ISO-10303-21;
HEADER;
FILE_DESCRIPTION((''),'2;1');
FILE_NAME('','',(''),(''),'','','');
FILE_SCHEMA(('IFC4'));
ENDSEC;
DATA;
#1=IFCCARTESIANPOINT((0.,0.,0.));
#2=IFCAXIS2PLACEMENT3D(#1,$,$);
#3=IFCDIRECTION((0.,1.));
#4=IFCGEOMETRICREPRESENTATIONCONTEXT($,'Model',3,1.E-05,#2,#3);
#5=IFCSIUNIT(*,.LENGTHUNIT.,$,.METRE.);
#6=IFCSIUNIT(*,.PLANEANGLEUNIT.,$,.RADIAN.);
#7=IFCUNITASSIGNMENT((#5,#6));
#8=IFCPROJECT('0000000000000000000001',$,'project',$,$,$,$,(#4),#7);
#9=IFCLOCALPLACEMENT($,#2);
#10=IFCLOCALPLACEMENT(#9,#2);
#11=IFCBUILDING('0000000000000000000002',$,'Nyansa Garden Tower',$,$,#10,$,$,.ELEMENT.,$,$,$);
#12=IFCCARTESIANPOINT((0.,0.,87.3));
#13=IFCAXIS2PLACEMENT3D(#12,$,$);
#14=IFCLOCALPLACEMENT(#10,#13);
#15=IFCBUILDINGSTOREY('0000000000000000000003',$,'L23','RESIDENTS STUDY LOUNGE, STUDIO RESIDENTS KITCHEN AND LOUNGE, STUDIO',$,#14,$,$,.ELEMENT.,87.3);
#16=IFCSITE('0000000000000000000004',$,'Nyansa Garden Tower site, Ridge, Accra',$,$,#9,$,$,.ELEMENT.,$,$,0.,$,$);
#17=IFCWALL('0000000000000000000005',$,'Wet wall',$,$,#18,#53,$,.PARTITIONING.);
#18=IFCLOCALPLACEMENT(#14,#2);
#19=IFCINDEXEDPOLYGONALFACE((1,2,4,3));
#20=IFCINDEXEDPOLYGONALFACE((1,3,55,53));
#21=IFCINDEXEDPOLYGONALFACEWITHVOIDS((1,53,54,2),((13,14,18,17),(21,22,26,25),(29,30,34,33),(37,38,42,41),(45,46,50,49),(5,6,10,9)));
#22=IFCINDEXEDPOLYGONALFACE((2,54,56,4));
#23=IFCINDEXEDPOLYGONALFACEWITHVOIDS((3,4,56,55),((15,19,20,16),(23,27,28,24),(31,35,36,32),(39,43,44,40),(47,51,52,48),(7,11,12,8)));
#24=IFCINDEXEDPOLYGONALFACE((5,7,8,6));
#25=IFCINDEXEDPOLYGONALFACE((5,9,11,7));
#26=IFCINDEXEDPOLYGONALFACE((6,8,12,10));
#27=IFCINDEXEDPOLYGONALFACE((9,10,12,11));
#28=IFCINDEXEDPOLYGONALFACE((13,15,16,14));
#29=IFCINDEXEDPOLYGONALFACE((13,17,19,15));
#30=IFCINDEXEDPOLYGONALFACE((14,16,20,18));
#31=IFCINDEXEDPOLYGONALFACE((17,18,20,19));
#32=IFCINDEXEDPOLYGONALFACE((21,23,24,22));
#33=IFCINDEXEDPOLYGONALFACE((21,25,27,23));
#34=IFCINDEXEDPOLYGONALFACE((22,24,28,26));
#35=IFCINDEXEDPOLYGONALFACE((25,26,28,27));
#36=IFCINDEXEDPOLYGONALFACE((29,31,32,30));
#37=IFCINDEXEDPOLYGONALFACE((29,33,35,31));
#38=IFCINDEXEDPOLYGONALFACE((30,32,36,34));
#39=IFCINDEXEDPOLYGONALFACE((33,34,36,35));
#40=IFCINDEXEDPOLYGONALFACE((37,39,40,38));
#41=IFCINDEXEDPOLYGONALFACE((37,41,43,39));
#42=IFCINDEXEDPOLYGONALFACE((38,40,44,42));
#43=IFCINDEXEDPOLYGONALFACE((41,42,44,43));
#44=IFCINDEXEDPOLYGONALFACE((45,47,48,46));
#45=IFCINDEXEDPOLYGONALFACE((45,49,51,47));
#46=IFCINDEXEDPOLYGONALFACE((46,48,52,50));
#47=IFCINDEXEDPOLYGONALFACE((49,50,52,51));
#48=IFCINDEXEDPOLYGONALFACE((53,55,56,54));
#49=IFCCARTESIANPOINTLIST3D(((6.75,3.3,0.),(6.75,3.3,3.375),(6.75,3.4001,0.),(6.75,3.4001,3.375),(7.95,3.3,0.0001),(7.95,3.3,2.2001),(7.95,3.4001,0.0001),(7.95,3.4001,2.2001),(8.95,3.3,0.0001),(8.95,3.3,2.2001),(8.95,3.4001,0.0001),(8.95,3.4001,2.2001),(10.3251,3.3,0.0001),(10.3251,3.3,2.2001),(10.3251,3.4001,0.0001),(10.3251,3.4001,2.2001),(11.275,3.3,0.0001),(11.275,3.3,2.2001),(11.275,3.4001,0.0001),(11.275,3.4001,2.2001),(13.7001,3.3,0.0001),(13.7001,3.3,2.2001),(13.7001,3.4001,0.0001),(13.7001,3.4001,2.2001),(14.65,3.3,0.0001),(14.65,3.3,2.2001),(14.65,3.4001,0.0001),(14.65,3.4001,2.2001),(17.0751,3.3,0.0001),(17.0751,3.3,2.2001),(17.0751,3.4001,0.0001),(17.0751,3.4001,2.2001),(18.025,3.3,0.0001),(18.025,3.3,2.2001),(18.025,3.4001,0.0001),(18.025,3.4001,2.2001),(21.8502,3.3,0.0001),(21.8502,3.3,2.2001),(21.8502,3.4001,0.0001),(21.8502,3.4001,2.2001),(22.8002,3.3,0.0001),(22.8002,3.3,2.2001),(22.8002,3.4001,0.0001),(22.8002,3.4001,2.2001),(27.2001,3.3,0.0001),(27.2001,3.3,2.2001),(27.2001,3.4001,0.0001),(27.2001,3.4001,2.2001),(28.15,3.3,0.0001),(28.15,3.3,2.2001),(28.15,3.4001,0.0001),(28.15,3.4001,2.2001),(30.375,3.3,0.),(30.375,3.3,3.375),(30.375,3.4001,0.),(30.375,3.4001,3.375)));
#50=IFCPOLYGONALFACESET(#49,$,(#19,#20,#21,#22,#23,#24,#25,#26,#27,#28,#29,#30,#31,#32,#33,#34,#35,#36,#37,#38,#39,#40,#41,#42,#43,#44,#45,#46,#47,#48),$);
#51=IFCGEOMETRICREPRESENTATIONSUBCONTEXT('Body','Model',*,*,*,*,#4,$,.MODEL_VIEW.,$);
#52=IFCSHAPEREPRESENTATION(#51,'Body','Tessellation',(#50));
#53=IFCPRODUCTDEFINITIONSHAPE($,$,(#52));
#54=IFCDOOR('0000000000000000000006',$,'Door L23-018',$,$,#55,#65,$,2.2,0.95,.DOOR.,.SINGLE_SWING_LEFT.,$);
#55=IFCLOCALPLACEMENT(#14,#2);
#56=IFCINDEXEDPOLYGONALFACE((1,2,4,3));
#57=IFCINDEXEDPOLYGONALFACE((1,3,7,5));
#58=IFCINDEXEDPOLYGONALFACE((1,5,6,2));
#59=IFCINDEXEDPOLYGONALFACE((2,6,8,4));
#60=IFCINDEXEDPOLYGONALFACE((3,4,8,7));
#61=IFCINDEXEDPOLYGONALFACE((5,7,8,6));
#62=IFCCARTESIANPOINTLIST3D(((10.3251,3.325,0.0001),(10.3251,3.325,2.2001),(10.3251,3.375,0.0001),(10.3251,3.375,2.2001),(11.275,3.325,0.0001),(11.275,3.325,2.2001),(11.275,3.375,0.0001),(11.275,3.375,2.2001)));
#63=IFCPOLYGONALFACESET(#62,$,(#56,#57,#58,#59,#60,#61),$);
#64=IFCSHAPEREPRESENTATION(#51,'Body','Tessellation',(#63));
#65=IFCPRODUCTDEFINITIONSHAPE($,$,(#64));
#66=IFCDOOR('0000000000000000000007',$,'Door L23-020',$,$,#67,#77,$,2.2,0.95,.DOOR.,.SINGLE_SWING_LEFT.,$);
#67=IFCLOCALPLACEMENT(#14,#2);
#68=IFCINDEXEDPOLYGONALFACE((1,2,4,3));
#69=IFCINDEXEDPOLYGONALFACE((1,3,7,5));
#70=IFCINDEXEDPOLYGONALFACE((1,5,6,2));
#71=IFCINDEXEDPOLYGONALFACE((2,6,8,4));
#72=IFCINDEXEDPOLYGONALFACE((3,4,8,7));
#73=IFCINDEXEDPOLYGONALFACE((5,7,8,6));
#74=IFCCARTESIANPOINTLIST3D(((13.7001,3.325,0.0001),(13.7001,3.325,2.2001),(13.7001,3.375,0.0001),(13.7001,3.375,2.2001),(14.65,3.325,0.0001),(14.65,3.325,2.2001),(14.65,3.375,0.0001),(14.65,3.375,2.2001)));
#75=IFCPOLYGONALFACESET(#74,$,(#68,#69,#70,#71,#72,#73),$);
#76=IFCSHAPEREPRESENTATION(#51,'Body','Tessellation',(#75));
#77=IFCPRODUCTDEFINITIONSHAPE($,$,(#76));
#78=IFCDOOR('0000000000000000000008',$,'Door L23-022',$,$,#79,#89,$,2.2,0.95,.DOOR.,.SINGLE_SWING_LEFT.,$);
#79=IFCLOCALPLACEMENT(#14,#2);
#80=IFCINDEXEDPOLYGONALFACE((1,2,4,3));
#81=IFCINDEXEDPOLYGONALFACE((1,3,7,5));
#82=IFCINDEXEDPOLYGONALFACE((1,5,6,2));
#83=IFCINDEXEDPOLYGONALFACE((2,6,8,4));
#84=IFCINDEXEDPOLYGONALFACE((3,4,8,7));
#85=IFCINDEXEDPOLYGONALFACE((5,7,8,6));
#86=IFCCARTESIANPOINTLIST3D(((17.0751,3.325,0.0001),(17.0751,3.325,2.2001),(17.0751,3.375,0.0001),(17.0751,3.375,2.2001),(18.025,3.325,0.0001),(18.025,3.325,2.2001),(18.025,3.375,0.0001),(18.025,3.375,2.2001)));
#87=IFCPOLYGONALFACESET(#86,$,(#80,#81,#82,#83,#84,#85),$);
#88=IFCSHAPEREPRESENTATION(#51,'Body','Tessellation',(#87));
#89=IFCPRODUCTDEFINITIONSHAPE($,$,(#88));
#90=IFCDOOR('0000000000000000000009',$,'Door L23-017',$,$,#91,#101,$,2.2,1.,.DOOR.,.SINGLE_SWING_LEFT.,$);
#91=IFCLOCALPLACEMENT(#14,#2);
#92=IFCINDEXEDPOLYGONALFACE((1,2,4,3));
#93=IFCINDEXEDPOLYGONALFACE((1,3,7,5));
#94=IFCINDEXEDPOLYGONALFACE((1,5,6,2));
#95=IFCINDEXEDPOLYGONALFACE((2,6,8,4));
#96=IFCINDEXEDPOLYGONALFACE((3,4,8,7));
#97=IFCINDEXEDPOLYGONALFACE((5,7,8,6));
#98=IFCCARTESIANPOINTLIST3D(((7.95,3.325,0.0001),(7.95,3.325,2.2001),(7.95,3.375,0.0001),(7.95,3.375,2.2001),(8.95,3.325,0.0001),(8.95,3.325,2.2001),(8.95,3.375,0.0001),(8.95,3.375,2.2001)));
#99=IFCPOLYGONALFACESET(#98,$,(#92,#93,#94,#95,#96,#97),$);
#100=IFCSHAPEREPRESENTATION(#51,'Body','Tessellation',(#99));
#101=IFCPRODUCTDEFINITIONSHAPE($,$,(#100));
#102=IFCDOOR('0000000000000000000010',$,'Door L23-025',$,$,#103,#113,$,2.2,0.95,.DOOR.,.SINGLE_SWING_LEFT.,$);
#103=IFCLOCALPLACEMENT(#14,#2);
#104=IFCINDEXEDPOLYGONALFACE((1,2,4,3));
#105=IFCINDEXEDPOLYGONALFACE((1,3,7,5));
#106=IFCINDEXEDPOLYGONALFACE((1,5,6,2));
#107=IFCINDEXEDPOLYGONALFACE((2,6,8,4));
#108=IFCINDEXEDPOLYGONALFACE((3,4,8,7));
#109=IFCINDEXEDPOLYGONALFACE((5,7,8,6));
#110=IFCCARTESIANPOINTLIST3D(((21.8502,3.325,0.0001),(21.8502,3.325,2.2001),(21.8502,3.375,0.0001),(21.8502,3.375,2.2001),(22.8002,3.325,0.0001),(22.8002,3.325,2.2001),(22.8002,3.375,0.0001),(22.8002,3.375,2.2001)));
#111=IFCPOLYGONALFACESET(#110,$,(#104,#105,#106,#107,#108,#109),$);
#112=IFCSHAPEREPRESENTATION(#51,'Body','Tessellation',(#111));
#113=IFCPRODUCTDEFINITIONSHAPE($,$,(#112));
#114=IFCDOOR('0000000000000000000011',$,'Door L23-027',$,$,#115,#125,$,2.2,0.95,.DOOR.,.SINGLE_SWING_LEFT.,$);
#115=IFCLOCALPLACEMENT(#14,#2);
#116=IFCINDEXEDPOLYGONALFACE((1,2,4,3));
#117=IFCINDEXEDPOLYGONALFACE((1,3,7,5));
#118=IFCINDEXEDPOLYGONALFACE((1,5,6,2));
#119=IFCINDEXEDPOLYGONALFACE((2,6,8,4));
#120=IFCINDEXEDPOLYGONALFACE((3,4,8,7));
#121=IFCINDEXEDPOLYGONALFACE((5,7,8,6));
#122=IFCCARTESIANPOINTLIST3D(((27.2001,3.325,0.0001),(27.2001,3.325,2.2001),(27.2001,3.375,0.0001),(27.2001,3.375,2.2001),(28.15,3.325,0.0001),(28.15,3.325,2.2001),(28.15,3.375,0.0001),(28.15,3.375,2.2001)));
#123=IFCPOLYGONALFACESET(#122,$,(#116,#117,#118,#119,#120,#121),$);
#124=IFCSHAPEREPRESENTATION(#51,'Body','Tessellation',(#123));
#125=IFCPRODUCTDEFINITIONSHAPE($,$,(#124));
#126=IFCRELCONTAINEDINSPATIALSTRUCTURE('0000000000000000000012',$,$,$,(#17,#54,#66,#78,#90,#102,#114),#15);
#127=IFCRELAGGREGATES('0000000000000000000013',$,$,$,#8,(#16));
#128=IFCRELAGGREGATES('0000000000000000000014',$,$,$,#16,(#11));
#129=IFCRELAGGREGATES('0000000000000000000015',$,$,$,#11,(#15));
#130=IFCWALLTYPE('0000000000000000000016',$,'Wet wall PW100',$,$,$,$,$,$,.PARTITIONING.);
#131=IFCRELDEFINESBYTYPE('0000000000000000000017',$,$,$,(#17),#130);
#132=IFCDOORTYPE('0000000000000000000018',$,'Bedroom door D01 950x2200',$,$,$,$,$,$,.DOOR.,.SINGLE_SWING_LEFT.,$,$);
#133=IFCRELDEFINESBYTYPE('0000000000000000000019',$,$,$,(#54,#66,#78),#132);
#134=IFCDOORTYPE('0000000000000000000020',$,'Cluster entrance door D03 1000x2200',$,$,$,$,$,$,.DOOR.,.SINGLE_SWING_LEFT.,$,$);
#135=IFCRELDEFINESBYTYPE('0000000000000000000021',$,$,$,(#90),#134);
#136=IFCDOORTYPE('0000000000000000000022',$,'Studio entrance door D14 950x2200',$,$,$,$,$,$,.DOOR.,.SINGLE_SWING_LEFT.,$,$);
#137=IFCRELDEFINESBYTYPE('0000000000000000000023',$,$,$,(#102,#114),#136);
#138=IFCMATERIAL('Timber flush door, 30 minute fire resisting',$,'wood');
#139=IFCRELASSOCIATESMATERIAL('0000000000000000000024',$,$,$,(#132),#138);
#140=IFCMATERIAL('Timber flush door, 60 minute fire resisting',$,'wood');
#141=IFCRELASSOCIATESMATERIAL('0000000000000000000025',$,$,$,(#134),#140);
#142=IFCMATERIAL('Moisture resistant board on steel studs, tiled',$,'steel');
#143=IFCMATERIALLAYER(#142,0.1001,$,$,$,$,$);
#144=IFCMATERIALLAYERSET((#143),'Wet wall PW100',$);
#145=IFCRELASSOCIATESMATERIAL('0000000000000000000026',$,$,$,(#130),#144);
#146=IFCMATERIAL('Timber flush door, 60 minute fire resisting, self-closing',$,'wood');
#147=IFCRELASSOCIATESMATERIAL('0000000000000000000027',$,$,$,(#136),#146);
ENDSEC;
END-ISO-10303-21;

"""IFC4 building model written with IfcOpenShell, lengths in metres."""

from ifc_helpers import new_model, si_unit, direction, frame, frame_2d, origin, place, context, subcontext, project, spatial, rectangle, extrude, material, layer, layer_set, type_object, element, fill, save


model = new_model("IFC4")

# Units and contexts
model_context = context("Model", 3, precision=1e-05, world=origin(), true_north=direction((0.0, 1.0)))
body_context = subcontext(model_context, "Body", "Model", "MODEL_VIEW")
ifc_project = project(units=[si_unit("LENGTHUNIT", "METRE"), si_unit("PLANEANGLEUNIT", "RADIAN")], contexts=[model_context])

# Site, building, storey
site_placement = place(None, origin())
site = spatial("IfcSite", under=ifc_project, at=site_placement, Name="Nyansa Garden Tower site, Ridge, Accra", CompositionType="ELEMENT", RefElevation=0.0)
building_placement = place(site_placement, origin())
building = spatial("IfcBuilding", under=site, at=building_placement, Name="Nyansa Garden Tower", CompositionType="ELEMENT")
storey_placement = place(building_placement, frame((0.0, 0.0, 87.3)))
storey = spatial("IfcBuildingStorey", under=building, at=storey_placement, Name="L23", Description="RESIDENTS STUDY LOUNGE, STUDIO RESIDENTS KITCHEN AND LOUNGE, STUDIO", CompositionType="ELEMENT", Elevation=87.3)

# Wall, openings, doors
ifc_material_1 = material(Name="Timber flush door, 30 minute fire resisting", Category="wood")
door_type_1 = type_object("IfcDoorType", Name="Bedroom door D01 950x2200", OperationType="SINGLE_SWING_LEFT", PredefinedType="DOOR", material=ifc_material_1)
ifc_material_2 = material(Name="Timber flush door, 60 minute fire resisting", Category="wood")
door_type_2 = type_object("IfcDoorType", Name="Cluster entrance door D03 1000x2200", OperationType="SINGLE_SWING_LEFT", PredefinedType="DOOR", material=ifc_material_2)
ifc_material_3 = material(Name="Moisture resistant board on steel studs, tiled", Category="steel")
ifc_layer_1 = layer(ifc_material_3, 0.1001)
ifc_layer_set_1 = layer_set([ifc_layer_1], Name="Wet wall PW100")
wall_type_1 = type_object("IfcWallType", Name="Wet wall PW100", PredefinedType="PARTITIONING", material=ifc_layer_set_1)
wall_1_placement = place(storey_placement, frame((6.75, 3.3501, 0.0), z_axis=(0.0, 0.0, 1.0), x_axis=(1.0, 0.0, 0.0)))
wall_1 = element("IfcWall", 1, at=wall_1_placement, inside=storey, type_object=wall_type_1, Name="Wet wall", PredefinedType="PARTITIONING", context=body_context, shape_type="SweptSolid", body=[
    extrude(rectangle(XDim=23.625, YDim=0.1001, at=frame_2d((11.8125, 0.0))), origin(), (0.0, 0.0, 1.0), 3.375),
])
opening_1_placement = place(wall_1_placement, frame((1.2, 0.0, 0.0)))
opening_1 = element("IfcOpeningElement", 2, at=opening_1_placement, cuts=wall_1, PredefinedType="OPENING", context=body_context, shape_type="SweptSolid", body=[
    extrude(rectangle(XDim=1.0, YDim=2.2, at=frame_2d((0.5, 1.1001))), frame((0.0, 0.0601, 0.0), z_axis=(0.0, -1.0, 0.0), x_axis=(1.0, 0.0, 0.0)), (0.0, 0.0, 1.0), 0.1201),
])
opening_2_placement = place(wall_1_placement, frame((3.575, 0.0, 0.0)))
opening_2 = element("IfcOpeningElement", 3, at=opening_2_placement, cuts=wall_1, PredefinedType="OPENING", context=body_context, shape_type="SweptSolid", body=[
    extrude(rectangle(XDim=0.95, YDim=2.2, at=frame_2d((0.4751, 1.1001))), frame((0.0, 0.0601, 0.0), z_axis=(0.0, -1.0, 0.0), x_axis=(1.0, 0.0, 0.0)), (0.0, 0.0, 1.0), 0.1201),
])
opening_3_placement = place(wall_1_placement, frame((6.95, 0.0, 0.0)))
opening_3 = element("IfcOpeningElement", 4, at=opening_3_placement, cuts=wall_1, PredefinedType="OPENING", context=body_context, shape_type="SweptSolid", body=[
    extrude(rectangle(XDim=0.95, YDim=2.2, at=frame_2d((0.4751, 1.1001))), frame((0.0, 0.0601, 0.0), z_axis=(0.0, -1.0, 0.0), x_axis=(1.0, 0.0, 0.0)), (0.0, 0.0, 1.0), 0.1201),
])
opening_4_placement = place(wall_1_placement, frame((10.325, 0.0, 0.0)))
opening_4 = element("IfcOpeningElement", 5, at=opening_4_placement, cuts=wall_1, PredefinedType="OPENING", context=body_context, shape_type="SweptSolid", body=[
    extrude(rectangle(XDim=0.95, YDim=2.2, at=frame_2d((0.4751, 1.1001))), frame((0.0, 0.0601, 0.0), z_axis=(0.0, -1.0, 0.0), x_axis=(1.0, 0.0, 0.0)), (0.0, 0.0, 1.0), 0.1201),
])
opening_5_placement = place(wall_1_placement, frame((15.1001, 0.0, 0.0)))
opening_5 = element("IfcOpeningElement", 6, at=opening_5_placement, cuts=wall_1, PredefinedType="OPENING", context=body_context, shape_type="SweptSolid", body=[
    extrude(rectangle(XDim=0.95, YDim=2.2, at=frame_2d((0.4751, 1.1001))), frame((0.0, 0.0601, 0.0), z_axis=(0.0, -1.0, 0.0), x_axis=(1.0, 0.0, 0.0)), (0.0, 0.0, 1.0), 0.1201),
])
opening_6_placement = place(wall_1_placement, frame((20.45, 0.0, 0.0)))
opening_6 = element("IfcOpeningElement", 7, at=opening_6_placement, cuts=wall_1, PredefinedType="OPENING", context=body_context, shape_type="SweptSolid", body=[
    extrude(rectangle(XDim=0.95, YDim=2.2, at=frame_2d((0.4751, 1.1001))), frame((0.0, 0.0601, 0.0), z_axis=(0.0, -1.0, 0.0), x_axis=(1.0, 0.0, 0.0)), (0.0, 0.0, 1.0), 0.1201),
])
door_1_placement = place(opening_2_placement, origin())
door_1 = element("IfcDoor", 8, at=door_1_placement, inside=storey, type_object=door_type_1, Name="Door L23-018", OperationType="SINGLE_SWING_LEFT", OverallHeight=2.2, OverallWidth=0.95, PredefinedType="DOOR", context=body_context, shape_type="SweptSolid", body=[
    extrude(rectangle(XDim=0.95, YDim=2.2, at=frame_2d((0.4751, 1.1001))), frame((0.0, 0.0249, 0.0), z_axis=(0.0, -1.0, 0.0), x_axis=(1.0, 0.0, 0.0)), (0.0, 0.0, 1.0), 0.05),
])
fill(opening_2, door_1)
door_2_placement = place(opening_3_placement, origin())
door_2 = element("IfcDoor", 9, at=door_2_placement, inside=storey, type_object=door_type_1, Name="Door L23-020", OperationType="SINGLE_SWING_LEFT", OverallHeight=2.2, OverallWidth=0.95, PredefinedType="DOOR", context=body_context, shape_type="SweptSolid", body=[
    extrude(rectangle(XDim=0.95, YDim=2.2, at=frame_2d((0.4751, 1.1001))), frame((0.0, 0.0249, 0.0), z_axis=(0.0, -1.0, 0.0), x_axis=(1.0, 0.0, 0.0)), (0.0, 0.0, 1.0), 0.05),
])
fill(opening_3, door_2)
door_3_placement = place(opening_4_placement, origin())
door_3 = element("IfcDoor", 10, at=door_3_placement, inside=storey, type_object=door_type_1, Name="Door L23-022", OperationType="SINGLE_SWING_LEFT", OverallHeight=2.2, OverallWidth=0.95, PredefinedType="DOOR", context=body_context, shape_type="SweptSolid", body=[
    extrude(rectangle(XDim=0.95, YDim=2.2, at=frame_2d((0.4751, 1.1001))), frame((0.0, 0.0249, 0.0), z_axis=(0.0, -1.0, 0.0), x_axis=(1.0, 0.0, 0.0)), (0.0, 0.0, 1.0), 0.05),
])
fill(opening_4, door_3)
door_4_placement = place(opening_1_placement, origin())
door_4 = element("IfcDoor", 11, at=door_4_placement, inside=storey, type_object=door_type_2, Name="Door L23-017", OperationType="SINGLE_SWING_LEFT", OverallHeight=2.2, OverallWidth=1.0, PredefinedType="DOOR", context=body_context, shape_type="SweptSolid", body=[
    extrude(rectangle(XDim=1.0, YDim=2.2, at=frame_2d((0.5, 1.1001))), frame((0.0, 0.0249, 0.0), z_axis=(0.0, -1.0, 0.0), x_axis=(1.0, 0.0, 0.0)), (0.0, 0.0, 1.0), 0.05),
])
fill(opening_1, door_4)
ifc_material_4 = material(Name="Timber flush door, 60 minute fire resisting, self-closing", Category="wood")
door_type_3 = type_object("IfcDoorType", Name="Studio entrance door D14 950x2200", OperationType="SINGLE_SWING_LEFT", PredefinedType="DOOR", material=ifc_material_4)
door_5_placement = place(opening_5_placement, origin())
door_5 = element("IfcDoor", 12, at=door_5_placement, inside=storey, type_object=door_type_3, Name="Door L23-025", OperationType="SINGLE_SWING_LEFT", OverallHeight=2.2, OverallWidth=0.95, PredefinedType="DOOR", context=body_context, shape_type="SweptSolid", body=[
    extrude(rectangle(XDim=0.95, YDim=2.2, at=frame_2d((0.4751, 1.1001))), frame((0.0, 0.0249, 0.0), z_axis=(0.0, -1.0, 0.0), x_axis=(1.0, 0.0, 0.0)), (0.0, 0.0, 1.0), 0.05),
])
fill(opening_5, door_5)
door_6_placement = place(opening_6_placement, origin())
door_6 = element("IfcDoor", 13, at=door_6_placement, inside=storey, type_object=door_type_3, Name="Door L23-027", OperationType="SINGLE_SWING_LEFT", OverallHeight=2.2, OverallWidth=0.95, PredefinedType="DOOR", context=body_context, shape_type="SweptSolid", body=[
    extrude(rectangle(XDim=0.95, YDim=2.2, at=frame_2d((0.4751, 1.1001))), frame((0.0, 0.0249, 0.0), z_axis=(0.0, -1.0, 0.0), x_axis=(1.0, 0.0, 0.0)), (0.0, 0.0, 1.0), 0.05),
])
fill(opening_6, door_6)

save(model, "model.ifc")
